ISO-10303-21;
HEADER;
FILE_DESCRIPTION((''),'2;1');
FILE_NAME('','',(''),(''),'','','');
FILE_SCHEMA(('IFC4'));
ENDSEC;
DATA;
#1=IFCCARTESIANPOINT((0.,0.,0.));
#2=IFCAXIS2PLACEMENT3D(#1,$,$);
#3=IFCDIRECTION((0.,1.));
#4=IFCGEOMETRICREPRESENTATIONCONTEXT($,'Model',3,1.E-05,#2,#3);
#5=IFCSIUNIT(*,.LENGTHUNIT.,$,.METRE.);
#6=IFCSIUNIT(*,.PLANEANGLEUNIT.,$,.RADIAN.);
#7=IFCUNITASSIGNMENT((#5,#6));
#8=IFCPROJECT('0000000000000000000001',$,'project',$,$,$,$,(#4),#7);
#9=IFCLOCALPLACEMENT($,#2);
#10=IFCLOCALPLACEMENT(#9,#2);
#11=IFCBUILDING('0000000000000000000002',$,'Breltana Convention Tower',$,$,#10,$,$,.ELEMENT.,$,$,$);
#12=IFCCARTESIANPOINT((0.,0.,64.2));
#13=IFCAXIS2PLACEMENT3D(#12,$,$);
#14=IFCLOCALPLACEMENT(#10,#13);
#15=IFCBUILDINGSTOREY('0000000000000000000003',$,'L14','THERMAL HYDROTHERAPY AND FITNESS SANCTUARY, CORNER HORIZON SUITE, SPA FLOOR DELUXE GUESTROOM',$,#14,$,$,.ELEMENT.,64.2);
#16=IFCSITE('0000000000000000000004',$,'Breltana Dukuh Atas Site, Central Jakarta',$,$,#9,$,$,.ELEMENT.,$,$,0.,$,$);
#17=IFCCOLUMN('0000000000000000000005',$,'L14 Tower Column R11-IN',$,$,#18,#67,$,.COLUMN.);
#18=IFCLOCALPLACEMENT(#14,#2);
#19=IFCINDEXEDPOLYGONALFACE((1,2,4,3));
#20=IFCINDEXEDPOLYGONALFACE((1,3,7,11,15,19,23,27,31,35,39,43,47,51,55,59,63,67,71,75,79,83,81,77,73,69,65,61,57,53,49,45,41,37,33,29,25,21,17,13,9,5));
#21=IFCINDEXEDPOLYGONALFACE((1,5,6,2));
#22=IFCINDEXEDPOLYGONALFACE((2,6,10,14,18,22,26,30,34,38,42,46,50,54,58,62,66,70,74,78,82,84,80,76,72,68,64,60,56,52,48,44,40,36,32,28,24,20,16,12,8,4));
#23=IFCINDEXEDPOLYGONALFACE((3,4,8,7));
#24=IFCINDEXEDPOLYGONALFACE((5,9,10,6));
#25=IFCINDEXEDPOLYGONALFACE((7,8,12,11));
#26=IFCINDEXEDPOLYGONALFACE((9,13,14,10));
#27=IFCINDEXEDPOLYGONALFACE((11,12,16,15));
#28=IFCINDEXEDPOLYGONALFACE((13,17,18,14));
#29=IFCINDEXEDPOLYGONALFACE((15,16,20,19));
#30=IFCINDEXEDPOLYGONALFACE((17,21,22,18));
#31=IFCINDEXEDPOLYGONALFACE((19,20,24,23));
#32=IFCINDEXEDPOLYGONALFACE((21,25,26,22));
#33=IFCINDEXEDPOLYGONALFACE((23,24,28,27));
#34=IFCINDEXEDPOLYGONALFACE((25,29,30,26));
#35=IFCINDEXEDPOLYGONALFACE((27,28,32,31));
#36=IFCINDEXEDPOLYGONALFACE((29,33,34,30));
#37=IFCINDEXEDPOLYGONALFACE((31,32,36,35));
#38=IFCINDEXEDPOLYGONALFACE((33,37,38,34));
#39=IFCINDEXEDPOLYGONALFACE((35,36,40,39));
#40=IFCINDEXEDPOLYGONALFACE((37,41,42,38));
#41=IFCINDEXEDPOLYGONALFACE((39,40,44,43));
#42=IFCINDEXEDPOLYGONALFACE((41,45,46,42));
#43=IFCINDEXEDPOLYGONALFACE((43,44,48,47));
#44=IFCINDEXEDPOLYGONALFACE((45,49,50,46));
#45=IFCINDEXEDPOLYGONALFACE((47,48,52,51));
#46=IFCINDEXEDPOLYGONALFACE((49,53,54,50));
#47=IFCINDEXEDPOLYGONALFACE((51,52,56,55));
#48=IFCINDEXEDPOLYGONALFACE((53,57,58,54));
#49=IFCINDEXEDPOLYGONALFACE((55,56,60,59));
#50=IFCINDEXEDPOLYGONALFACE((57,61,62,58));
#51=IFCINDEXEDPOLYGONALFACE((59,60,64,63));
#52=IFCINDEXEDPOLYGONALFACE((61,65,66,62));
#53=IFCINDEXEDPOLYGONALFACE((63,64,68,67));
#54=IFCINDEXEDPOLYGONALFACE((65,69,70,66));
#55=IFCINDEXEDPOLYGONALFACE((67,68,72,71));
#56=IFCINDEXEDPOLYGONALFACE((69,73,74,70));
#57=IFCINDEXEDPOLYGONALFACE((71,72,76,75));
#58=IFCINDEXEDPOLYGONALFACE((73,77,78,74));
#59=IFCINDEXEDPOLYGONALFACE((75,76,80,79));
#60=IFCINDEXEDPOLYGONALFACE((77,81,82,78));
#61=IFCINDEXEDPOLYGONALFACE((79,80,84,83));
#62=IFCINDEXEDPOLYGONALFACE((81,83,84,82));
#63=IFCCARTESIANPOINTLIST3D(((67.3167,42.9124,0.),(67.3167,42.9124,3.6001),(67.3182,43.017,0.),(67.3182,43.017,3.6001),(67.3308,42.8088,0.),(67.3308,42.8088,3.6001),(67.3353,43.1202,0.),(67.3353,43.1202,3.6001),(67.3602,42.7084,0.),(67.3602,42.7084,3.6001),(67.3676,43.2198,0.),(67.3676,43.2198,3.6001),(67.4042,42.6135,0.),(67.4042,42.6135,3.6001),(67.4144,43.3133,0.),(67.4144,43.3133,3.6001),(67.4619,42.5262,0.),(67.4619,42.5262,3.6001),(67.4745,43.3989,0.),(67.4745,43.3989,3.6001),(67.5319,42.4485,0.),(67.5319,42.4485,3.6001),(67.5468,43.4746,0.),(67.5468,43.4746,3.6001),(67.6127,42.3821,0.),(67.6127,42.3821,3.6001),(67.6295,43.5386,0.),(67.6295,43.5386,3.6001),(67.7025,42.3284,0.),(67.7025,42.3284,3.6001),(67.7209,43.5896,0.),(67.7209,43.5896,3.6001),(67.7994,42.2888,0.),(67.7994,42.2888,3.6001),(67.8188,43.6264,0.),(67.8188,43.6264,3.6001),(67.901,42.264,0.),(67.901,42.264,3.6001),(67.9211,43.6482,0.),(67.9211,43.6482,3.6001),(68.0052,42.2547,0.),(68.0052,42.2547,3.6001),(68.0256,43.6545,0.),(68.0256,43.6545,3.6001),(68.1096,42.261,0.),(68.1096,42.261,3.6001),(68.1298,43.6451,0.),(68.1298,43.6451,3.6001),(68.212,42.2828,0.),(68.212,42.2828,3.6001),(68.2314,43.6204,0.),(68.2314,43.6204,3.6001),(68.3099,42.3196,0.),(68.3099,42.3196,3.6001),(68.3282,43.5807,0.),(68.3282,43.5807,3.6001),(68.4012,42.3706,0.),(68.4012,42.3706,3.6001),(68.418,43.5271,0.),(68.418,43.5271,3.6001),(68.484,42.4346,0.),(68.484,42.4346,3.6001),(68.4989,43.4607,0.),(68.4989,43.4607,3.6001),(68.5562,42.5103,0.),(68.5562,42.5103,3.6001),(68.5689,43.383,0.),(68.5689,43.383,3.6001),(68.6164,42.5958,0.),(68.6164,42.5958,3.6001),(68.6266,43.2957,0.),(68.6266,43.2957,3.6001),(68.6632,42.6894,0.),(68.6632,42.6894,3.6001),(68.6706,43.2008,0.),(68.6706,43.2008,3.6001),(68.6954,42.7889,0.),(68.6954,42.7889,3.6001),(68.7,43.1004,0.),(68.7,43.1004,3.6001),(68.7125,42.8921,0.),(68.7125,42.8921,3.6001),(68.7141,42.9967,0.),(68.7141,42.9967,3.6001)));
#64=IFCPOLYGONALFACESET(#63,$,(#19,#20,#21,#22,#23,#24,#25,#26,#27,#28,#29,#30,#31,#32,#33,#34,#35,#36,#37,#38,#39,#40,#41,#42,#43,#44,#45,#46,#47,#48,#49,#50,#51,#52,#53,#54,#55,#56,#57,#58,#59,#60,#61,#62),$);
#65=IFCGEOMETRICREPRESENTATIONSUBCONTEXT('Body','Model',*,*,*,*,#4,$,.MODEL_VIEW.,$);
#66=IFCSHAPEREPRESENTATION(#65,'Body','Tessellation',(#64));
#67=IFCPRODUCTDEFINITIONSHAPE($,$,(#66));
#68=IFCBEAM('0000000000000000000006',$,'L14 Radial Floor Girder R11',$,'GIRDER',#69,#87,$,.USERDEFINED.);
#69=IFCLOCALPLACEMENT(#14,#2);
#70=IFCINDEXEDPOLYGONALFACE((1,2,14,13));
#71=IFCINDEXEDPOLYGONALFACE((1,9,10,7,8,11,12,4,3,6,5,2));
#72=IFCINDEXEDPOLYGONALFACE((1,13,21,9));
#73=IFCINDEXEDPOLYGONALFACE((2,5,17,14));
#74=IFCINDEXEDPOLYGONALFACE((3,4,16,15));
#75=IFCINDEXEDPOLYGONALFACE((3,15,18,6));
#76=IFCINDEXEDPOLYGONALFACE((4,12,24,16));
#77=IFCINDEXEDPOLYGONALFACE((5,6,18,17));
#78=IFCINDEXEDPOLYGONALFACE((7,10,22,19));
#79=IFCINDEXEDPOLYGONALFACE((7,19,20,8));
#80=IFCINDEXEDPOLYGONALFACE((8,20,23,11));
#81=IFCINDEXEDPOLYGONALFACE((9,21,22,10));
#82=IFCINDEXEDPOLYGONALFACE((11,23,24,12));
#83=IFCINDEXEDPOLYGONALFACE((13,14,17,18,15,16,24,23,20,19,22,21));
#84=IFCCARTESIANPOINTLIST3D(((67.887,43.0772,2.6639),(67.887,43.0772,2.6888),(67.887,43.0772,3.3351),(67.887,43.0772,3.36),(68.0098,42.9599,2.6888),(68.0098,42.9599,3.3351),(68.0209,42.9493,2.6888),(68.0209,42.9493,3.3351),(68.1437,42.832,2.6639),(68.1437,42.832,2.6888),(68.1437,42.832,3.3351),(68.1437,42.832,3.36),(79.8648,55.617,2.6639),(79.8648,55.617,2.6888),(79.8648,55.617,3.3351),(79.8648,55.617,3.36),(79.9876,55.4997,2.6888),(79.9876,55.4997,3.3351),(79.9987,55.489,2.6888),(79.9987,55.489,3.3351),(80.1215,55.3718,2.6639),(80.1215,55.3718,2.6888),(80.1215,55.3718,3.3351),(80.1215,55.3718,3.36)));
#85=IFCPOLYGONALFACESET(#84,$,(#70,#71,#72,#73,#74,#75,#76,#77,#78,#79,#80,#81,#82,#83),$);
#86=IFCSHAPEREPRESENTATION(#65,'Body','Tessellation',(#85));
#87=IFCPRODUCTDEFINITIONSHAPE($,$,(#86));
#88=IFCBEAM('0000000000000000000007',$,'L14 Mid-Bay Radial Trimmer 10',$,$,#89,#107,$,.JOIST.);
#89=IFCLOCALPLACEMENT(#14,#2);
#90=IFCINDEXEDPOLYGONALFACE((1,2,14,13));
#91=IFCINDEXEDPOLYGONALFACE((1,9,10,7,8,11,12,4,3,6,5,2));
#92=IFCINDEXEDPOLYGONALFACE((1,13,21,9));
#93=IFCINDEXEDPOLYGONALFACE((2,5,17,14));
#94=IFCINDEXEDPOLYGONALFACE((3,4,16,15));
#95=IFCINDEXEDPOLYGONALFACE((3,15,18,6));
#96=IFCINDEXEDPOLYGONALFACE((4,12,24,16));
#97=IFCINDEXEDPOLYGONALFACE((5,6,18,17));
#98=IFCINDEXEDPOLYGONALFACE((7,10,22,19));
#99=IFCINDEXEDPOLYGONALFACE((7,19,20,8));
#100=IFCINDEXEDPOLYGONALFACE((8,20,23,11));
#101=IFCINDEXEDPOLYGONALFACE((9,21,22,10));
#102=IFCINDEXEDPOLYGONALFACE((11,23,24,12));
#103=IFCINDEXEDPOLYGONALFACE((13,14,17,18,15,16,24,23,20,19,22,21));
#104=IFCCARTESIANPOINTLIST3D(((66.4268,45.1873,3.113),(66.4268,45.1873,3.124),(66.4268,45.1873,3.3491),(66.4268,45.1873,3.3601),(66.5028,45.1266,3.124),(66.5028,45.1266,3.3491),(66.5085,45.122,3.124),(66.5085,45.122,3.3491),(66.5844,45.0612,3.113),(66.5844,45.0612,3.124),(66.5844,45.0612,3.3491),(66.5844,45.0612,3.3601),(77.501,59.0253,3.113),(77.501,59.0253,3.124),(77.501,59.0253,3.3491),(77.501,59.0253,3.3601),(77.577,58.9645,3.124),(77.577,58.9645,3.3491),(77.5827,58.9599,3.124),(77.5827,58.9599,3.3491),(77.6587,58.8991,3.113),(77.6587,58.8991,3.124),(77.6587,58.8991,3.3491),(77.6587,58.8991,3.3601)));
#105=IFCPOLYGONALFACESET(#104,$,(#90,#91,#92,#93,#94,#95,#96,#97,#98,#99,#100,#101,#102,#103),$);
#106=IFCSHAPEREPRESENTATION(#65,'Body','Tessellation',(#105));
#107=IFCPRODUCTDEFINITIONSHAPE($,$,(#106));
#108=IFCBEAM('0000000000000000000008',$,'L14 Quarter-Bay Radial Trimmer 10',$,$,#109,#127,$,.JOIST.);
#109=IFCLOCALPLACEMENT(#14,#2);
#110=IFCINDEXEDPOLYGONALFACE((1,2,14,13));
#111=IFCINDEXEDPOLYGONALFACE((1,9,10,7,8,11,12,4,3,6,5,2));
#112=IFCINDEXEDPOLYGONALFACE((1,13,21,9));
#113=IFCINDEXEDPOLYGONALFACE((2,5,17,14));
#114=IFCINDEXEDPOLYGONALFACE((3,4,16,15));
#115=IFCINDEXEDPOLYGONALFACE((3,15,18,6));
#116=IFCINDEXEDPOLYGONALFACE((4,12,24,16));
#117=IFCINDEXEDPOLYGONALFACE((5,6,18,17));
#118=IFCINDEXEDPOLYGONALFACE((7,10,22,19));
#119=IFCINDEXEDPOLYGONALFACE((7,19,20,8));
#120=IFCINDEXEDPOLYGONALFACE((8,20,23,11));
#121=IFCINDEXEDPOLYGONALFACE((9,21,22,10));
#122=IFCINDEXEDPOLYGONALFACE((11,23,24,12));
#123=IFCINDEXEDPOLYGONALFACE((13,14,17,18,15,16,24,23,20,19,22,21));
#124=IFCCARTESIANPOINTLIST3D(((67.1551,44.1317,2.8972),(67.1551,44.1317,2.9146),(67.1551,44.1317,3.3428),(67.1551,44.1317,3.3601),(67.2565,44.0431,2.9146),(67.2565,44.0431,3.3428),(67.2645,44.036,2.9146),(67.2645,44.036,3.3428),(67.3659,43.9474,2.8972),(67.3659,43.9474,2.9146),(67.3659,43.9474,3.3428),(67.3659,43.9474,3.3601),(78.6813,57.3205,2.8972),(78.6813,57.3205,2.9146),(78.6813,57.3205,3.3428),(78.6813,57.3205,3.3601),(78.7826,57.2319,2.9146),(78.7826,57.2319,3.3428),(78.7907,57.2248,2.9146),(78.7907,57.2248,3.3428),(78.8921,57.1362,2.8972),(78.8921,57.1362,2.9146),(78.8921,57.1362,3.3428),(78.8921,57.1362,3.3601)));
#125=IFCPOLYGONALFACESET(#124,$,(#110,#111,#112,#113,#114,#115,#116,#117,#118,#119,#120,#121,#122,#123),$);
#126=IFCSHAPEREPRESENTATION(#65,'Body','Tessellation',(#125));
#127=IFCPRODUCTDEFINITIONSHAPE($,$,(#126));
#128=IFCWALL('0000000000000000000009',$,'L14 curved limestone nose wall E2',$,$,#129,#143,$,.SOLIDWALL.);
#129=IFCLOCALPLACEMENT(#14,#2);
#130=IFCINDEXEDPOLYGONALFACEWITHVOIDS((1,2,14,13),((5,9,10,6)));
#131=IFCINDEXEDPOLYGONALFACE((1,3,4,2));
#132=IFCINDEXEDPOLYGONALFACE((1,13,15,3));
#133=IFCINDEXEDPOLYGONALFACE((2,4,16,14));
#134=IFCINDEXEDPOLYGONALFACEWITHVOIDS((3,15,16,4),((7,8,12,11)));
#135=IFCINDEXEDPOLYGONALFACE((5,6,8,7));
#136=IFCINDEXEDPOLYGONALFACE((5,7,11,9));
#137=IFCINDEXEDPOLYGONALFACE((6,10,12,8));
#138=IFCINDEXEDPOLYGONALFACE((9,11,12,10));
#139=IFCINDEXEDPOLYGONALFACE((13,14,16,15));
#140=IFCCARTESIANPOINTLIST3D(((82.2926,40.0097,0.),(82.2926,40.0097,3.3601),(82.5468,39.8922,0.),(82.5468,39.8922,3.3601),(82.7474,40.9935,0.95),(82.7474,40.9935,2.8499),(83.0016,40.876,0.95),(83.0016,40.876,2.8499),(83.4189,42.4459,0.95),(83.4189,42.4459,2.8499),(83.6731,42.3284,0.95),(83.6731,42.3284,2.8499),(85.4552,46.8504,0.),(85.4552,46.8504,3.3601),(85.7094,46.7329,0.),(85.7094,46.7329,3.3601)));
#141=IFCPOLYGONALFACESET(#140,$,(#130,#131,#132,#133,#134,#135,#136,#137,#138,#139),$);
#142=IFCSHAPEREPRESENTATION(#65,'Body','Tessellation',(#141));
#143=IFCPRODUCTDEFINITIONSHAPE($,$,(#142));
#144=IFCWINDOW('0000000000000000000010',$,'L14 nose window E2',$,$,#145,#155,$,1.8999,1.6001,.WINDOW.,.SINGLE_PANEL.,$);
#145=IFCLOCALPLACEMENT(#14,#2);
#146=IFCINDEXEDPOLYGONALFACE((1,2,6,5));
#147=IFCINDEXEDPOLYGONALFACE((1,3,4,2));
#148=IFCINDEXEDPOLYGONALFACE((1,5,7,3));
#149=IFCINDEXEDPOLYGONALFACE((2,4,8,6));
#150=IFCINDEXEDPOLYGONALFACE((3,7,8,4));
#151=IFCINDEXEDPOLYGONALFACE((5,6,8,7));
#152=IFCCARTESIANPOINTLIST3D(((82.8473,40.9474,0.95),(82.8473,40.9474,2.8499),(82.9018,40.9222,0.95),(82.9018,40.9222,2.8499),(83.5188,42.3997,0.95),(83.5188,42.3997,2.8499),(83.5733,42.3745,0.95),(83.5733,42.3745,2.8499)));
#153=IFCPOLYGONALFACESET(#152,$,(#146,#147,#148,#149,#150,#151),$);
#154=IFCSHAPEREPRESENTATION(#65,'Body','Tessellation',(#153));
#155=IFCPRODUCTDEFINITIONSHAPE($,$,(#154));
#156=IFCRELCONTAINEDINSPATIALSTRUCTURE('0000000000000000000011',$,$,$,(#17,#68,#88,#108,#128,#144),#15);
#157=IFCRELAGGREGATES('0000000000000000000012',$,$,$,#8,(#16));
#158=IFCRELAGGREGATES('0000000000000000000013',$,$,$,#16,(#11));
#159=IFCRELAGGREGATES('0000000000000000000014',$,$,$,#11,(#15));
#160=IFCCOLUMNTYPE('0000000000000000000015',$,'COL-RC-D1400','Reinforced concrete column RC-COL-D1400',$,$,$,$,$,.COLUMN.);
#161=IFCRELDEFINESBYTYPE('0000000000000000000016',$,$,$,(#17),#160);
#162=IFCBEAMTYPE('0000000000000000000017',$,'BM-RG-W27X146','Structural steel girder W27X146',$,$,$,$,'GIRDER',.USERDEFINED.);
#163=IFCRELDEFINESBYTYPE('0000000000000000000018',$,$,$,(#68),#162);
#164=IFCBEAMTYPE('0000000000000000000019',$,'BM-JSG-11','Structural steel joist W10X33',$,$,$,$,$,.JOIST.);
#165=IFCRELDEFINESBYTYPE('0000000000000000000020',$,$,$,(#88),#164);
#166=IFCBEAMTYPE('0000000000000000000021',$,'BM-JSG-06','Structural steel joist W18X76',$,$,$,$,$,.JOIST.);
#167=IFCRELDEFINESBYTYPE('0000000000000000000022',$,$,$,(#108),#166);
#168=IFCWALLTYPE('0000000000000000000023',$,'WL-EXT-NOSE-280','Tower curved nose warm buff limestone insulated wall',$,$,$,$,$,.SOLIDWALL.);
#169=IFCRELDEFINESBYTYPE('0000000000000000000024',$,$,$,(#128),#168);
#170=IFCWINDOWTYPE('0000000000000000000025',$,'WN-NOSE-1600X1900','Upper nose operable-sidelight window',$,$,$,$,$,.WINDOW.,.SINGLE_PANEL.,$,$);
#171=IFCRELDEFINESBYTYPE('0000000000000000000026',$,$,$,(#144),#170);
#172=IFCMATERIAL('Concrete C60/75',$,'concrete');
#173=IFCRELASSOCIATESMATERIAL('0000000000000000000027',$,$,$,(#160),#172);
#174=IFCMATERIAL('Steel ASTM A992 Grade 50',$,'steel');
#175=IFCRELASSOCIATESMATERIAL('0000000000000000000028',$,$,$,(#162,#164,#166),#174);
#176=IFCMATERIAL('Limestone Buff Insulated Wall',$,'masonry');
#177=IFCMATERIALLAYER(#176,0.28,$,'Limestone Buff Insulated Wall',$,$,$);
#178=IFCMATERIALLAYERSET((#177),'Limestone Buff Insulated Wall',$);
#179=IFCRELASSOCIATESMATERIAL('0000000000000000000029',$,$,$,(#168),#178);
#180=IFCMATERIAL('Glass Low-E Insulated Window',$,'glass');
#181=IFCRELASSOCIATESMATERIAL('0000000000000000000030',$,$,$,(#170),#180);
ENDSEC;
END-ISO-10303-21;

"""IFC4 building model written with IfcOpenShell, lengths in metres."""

from ifc_helpers import new_model, si_unit, direction, frame, frame_2d, origin, origin_2d, place, context, subcontext, project, spatial, rectangle, circle, i_section, extrude, source, transform, mapped, material, layer, layer_set, material_profile, profile_set, type_object, type_shapes, element, fill, save


model = new_model("IFC4")

# Units and contexts
model_context = context("Model", 3, precision=1e-05, world=origin(), true_north=direction((0.0, 1.0)))
body_context = subcontext(model_context, "Body", "Model", "MODEL_VIEW")
ifc_project = project(units=[si_unit("LENGTHUNIT", "METRE"), si_unit("PLANEANGLEUNIT", "RADIAN")], contexts=[model_context])

# Site, building, storey
site_placement = place(None, origin())
site = spatial("IfcSite", under=ifc_project, at=site_placement, Name="Breltana Dukuh Atas Site, Central Jakarta", CompositionType="ELEMENT", RefElevation=0.0)
building_placement = place(site_placement, origin())
building = spatial("IfcBuilding", under=site, at=building_placement, Name="Breltana Convention Tower", CompositionType="ELEMENT")
storey_placement = place(building_placement, frame((0.0, 0.0, 64.2)))
storey = spatial("IfcBuildingStorey", under=building, at=storey_placement, Name="L14", Description="THERMAL HYDROTHERAPY AND FITNESS SANCTUARY, CORNER HORIZON SUITE, SPA FLOOR DELUXE GUESTROOM", CompositionType="ELEMENT", Elevation=64.2)

# Column
ifc_material_1 = material(Name="Concrete C60/75", Category="concrete")
ifc_material_profile_1 = material_profile(ifc_material_1, circle(Radius=0.7, at=origin_2d()), Name="RC-COL-D1400")
ifc_profile_set_1 = profile_set([ifc_material_profile_1], Name="Concrete C60/75")
column_type = type_object("IfcColumnType", Name="COL-RC-D1400", Description="Reinforced concrete column RC-COL-D1400", PredefinedType="COLUMN", material=ifc_profile_set_1)
shared_shape_1 = source(origin(), body_context, "Body", "SweptSolid", [
    extrude(circle(Radius=0.7, at=origin_2d()), origin(), (0.0, 0.0, 1.0), 3.6001),
])
column_placement = place(storey_placement, frame((68.0154, 42.9546, 0.0), z_axis=(0.0, 0.0, 1.0), x_axis=(0.690756, 0.723088, 0.0)))
element("IfcColumn", 1, at=column_placement, inside=storey, type_object=column_type, Name="L14 Tower Column R11-IN", PredefinedType="COLUMN", context=body_context, shape_type="MappedRepresentation", body=[
    mapped(shared_shape_1, transform((0.0, 0.0, 0.0), scale=1.0)),
])

# Beams
ifc_material_2 = material(Name="Steel ASTM A992 Grade 50", Category="steel")
ifc_material_profile_2 = material_profile(ifc_material_2, i_section(OverallWidth=0.355, OverallDepth=0.696, WebThickness=0.0154, FlangeThickness=0.0249, at=origin_2d()), Name="W27X146")
ifc_profile_set_2 = profile_set([ifc_material_profile_2], Name="Steel ASTM A992 Grade 50")
beam_type_1 = type_object("IfcBeamType", Name="BM-RG-W27X146", Description="Structural steel girder W27X146", ElementType="GIRDER", PredefinedType="USERDEFINED", material=ifc_profile_set_2)
shared_shape_2 = source(origin(), body_context, "Body", "SweptSolid", [
    extrude(i_section(OverallWidth=0.355, OverallDepth=0.696, WebThickness=0.0154, FlangeThickness=0.0249, at=origin_2d()), origin(), (0.0, 0.0, 1.0), 17.3411),
])
type_shapes(beam_type_1, [shared_shape_2])
beam_1_placement = place(storey_placement, frame((68.0154, 42.9546, 3.012), z_axis=(0.690716, 0.723126, 0.0), x_axis=(-0.723126, 0.690716, 0.0)))
element("IfcBeam", 2, at=beam_1_placement, inside=storey, type_object=beam_type_1, Name="L14 Radial Floor Girder R11", ObjectType="GIRDER", PredefinedType="USERDEFINED", context=body_context, shape_type="MappedRepresentation", body=[
    mapped(shared_shape_2, transform((0.0, 0.0, 0.0), scale=1.0)),
])
ifc_material_profile_3 = material_profile(ifc_material_2, i_section(OverallWidth=0.2019, OverallDepth=0.2471, WebThickness=0.0073, FlangeThickness=0.011, at=origin_2d()), Name="W10X33")
ifc_profile_set_3 = profile_set([ifc_material_profile_3], Name="Steel ASTM A992 Grade 50")
beam_type_2 = type_object("IfcBeamType", Name="BM-JSG-11", Description="Structural steel joist W10X33", PredefinedType="JOIST", material=ifc_profile_set_3)
shared_shape_3 = source(origin(), body_context, "Body", "SweptSolid", [
    extrude(i_section(OverallWidth=0.2019, OverallDepth=0.2471, WebThickness=0.0073, FlangeThickness=0.011, at=origin_2d()), origin(), (0.0, 0.0, 1.0), 17.7236),
])
beam_2_placement = place(storey_placement, frame((66.5056, 45.1243, 3.2366), z_axis=(0.624829, 0.780761, 0.0), x_axis=(-0.780761, 0.624829, 0.0)))
element("IfcBeam", 3, at=beam_2_placement, inside=storey, type_object=beam_type_2, Name="L14 Mid-Bay Radial Trimmer 10", PredefinedType="JOIST", context=body_context, shape_type="MappedRepresentation", body=[
    mapped(shared_shape_3, transform((0.0, 0.0, 0.0), scale=1.0)),
])
ifc_material_profile_4 = material_profile(ifc_material_2, i_section(OverallWidth=0.28, OverallDepth=0.4629, WebThickness=0.0107, FlangeThickness=0.0173, at=origin_2d()), Name="W18X76")
ifc_profile_set_4 = profile_set([ifc_material_profile_4], Name="Steel ASTM A992 Grade 50")
beam_type_3 = type_object("IfcBeamType", Name="BM-JSG-06", Description="Structural steel joist W18X76", PredefinedType="JOIST", material=ifc_profile_set_4)
shared_shape_4 = source(origin(), body_context, "Body", "SweptSolid", [
    extrude(i_section(OverallWidth=0.28, OverallDepth=0.4629, WebThickness=0.0107, FlangeThickness=0.0173, at=origin_2d()), origin(), (0.0, 0.0, 1.0), 17.5156),
])
beam_3_placement = place(storey_placement, frame((67.2605, 44.0396, 3.1287), z_axis=(0.658052, 0.752973, 0.0), x_axis=(-0.752973, 0.658052, 0.0)))
element("IfcBeam", 4, at=beam_3_placement, inside=storey, type_object=beam_type_3, Name="L14 Quarter-Bay Radial Trimmer 10", PredefinedType="JOIST", context=body_context, shape_type="MappedRepresentation", body=[
    mapped(shared_shape_4, transform((0.0, 0.0, 0.0), scale=1.0)),
])

# Wall, opening, window
ifc_material_3 = material(Name="Limestone Buff Insulated Wall", Category="masonry")
ifc_layer_1 = layer(ifc_material_3, 0.28, Name="Limestone Buff Insulated Wall")
ifc_layer_set_1 = layer_set([ifc_layer_1], Name="Limestone Buff Insulated Wall")
wall_type_1 = type_object("IfcWallType", Name="WL-EXT-NOSE-280", Description="Tower curved nose warm buff limestone insulated wall", PredefinedType="SOLIDWALL", material=ifc_layer_set_1)
shared_shape_5 = source(origin(), body_context, "Body", "SweptSolid", [
    extrude(rectangle(XDim=7.5364, YDim=0.28, at=frame_2d((3.7681, 0.0))), origin(), (0.0, 0.0, 1.0), 3.3601),
])
wall_1_placement = place(storey_placement, frame((85.5823, 46.7915, 0.0), z_axis=(0.0, 0.0, 1.0), x_axis=(-0.41965, -0.907686, 0.0)))
wall_1 = element("IfcWall", 5, at=wall_1_placement, inside=storey, type_object=wall_type_1, Name="L14 curved limestone nose wall E2", PredefinedType="SOLIDWALL", context=body_context, shape_type="MappedRepresentation", body=[
    mapped(shared_shape_5, transform((0.0, 0.0, 0.0), scale=1.0)),
])
opening_1_placement = place(wall_1_placement, frame((4.8523, 0.0, 0.95)))
opening_1 = element("IfcOpeningElement", 6, at=opening_1_placement, cuts=wall_1, PredefinedType="OPENING", context=body_context, shape_type="SweptSolid", body=[
    extrude(rectangle(XDim=1.6001, YDim=1.8999, at=frame_2d((0.8, 0.95))), frame((0.0, 0.1499, 0.0), z_axis=(0.0, -1.0, 0.0), x_axis=(1.0, 0.0, 0.0)), (0.0, 0.0, 1.0), 0.3),
])
ifc_material_4 = material(Name="Glass Low-E Insulated Window", Category="glass")
window_type = type_object("IfcWindowType", Name="WN-NOSE-1600X1900", Description="Upper nose operable-sidelight window", PartitioningType="SINGLE_PANEL", PredefinedType="WINDOW", material=ifc_material_4)
shared_shape_6 = source(origin(), body_context, "Body", "SweptSolid", [
    extrude(rectangle(XDim=1.6001, YDim=1.8999, at=frame_2d((0.8, 0.95))), frame((0.0, 0.03, 0.0), z_axis=(0.0, -1.0, 0.0), x_axis=(1.0, 0.0, 0.0)), (0.0, 0.0, 1.0), 0.0601),
])
type_shapes(window_type, [shared_shape_6])
window_1_placement = place(opening_1_placement, origin())
window_1 = element("IfcWindow", 7, at=window_1_placement, inside=storey, type_object=window_type, Name="L14 nose window E2", OverallHeight=1.8999, OverallWidth=1.6001, PartitioningType="SINGLE_PANEL", PredefinedType="WINDOW", context=body_context, shape_type="MappedRepresentation", body=[
    mapped(shared_shape_6, transform((0.0, 0.0, 0.0), scale=1.0)),
])
fill(opening_1, window_1)

save(model, "model.ifc")
